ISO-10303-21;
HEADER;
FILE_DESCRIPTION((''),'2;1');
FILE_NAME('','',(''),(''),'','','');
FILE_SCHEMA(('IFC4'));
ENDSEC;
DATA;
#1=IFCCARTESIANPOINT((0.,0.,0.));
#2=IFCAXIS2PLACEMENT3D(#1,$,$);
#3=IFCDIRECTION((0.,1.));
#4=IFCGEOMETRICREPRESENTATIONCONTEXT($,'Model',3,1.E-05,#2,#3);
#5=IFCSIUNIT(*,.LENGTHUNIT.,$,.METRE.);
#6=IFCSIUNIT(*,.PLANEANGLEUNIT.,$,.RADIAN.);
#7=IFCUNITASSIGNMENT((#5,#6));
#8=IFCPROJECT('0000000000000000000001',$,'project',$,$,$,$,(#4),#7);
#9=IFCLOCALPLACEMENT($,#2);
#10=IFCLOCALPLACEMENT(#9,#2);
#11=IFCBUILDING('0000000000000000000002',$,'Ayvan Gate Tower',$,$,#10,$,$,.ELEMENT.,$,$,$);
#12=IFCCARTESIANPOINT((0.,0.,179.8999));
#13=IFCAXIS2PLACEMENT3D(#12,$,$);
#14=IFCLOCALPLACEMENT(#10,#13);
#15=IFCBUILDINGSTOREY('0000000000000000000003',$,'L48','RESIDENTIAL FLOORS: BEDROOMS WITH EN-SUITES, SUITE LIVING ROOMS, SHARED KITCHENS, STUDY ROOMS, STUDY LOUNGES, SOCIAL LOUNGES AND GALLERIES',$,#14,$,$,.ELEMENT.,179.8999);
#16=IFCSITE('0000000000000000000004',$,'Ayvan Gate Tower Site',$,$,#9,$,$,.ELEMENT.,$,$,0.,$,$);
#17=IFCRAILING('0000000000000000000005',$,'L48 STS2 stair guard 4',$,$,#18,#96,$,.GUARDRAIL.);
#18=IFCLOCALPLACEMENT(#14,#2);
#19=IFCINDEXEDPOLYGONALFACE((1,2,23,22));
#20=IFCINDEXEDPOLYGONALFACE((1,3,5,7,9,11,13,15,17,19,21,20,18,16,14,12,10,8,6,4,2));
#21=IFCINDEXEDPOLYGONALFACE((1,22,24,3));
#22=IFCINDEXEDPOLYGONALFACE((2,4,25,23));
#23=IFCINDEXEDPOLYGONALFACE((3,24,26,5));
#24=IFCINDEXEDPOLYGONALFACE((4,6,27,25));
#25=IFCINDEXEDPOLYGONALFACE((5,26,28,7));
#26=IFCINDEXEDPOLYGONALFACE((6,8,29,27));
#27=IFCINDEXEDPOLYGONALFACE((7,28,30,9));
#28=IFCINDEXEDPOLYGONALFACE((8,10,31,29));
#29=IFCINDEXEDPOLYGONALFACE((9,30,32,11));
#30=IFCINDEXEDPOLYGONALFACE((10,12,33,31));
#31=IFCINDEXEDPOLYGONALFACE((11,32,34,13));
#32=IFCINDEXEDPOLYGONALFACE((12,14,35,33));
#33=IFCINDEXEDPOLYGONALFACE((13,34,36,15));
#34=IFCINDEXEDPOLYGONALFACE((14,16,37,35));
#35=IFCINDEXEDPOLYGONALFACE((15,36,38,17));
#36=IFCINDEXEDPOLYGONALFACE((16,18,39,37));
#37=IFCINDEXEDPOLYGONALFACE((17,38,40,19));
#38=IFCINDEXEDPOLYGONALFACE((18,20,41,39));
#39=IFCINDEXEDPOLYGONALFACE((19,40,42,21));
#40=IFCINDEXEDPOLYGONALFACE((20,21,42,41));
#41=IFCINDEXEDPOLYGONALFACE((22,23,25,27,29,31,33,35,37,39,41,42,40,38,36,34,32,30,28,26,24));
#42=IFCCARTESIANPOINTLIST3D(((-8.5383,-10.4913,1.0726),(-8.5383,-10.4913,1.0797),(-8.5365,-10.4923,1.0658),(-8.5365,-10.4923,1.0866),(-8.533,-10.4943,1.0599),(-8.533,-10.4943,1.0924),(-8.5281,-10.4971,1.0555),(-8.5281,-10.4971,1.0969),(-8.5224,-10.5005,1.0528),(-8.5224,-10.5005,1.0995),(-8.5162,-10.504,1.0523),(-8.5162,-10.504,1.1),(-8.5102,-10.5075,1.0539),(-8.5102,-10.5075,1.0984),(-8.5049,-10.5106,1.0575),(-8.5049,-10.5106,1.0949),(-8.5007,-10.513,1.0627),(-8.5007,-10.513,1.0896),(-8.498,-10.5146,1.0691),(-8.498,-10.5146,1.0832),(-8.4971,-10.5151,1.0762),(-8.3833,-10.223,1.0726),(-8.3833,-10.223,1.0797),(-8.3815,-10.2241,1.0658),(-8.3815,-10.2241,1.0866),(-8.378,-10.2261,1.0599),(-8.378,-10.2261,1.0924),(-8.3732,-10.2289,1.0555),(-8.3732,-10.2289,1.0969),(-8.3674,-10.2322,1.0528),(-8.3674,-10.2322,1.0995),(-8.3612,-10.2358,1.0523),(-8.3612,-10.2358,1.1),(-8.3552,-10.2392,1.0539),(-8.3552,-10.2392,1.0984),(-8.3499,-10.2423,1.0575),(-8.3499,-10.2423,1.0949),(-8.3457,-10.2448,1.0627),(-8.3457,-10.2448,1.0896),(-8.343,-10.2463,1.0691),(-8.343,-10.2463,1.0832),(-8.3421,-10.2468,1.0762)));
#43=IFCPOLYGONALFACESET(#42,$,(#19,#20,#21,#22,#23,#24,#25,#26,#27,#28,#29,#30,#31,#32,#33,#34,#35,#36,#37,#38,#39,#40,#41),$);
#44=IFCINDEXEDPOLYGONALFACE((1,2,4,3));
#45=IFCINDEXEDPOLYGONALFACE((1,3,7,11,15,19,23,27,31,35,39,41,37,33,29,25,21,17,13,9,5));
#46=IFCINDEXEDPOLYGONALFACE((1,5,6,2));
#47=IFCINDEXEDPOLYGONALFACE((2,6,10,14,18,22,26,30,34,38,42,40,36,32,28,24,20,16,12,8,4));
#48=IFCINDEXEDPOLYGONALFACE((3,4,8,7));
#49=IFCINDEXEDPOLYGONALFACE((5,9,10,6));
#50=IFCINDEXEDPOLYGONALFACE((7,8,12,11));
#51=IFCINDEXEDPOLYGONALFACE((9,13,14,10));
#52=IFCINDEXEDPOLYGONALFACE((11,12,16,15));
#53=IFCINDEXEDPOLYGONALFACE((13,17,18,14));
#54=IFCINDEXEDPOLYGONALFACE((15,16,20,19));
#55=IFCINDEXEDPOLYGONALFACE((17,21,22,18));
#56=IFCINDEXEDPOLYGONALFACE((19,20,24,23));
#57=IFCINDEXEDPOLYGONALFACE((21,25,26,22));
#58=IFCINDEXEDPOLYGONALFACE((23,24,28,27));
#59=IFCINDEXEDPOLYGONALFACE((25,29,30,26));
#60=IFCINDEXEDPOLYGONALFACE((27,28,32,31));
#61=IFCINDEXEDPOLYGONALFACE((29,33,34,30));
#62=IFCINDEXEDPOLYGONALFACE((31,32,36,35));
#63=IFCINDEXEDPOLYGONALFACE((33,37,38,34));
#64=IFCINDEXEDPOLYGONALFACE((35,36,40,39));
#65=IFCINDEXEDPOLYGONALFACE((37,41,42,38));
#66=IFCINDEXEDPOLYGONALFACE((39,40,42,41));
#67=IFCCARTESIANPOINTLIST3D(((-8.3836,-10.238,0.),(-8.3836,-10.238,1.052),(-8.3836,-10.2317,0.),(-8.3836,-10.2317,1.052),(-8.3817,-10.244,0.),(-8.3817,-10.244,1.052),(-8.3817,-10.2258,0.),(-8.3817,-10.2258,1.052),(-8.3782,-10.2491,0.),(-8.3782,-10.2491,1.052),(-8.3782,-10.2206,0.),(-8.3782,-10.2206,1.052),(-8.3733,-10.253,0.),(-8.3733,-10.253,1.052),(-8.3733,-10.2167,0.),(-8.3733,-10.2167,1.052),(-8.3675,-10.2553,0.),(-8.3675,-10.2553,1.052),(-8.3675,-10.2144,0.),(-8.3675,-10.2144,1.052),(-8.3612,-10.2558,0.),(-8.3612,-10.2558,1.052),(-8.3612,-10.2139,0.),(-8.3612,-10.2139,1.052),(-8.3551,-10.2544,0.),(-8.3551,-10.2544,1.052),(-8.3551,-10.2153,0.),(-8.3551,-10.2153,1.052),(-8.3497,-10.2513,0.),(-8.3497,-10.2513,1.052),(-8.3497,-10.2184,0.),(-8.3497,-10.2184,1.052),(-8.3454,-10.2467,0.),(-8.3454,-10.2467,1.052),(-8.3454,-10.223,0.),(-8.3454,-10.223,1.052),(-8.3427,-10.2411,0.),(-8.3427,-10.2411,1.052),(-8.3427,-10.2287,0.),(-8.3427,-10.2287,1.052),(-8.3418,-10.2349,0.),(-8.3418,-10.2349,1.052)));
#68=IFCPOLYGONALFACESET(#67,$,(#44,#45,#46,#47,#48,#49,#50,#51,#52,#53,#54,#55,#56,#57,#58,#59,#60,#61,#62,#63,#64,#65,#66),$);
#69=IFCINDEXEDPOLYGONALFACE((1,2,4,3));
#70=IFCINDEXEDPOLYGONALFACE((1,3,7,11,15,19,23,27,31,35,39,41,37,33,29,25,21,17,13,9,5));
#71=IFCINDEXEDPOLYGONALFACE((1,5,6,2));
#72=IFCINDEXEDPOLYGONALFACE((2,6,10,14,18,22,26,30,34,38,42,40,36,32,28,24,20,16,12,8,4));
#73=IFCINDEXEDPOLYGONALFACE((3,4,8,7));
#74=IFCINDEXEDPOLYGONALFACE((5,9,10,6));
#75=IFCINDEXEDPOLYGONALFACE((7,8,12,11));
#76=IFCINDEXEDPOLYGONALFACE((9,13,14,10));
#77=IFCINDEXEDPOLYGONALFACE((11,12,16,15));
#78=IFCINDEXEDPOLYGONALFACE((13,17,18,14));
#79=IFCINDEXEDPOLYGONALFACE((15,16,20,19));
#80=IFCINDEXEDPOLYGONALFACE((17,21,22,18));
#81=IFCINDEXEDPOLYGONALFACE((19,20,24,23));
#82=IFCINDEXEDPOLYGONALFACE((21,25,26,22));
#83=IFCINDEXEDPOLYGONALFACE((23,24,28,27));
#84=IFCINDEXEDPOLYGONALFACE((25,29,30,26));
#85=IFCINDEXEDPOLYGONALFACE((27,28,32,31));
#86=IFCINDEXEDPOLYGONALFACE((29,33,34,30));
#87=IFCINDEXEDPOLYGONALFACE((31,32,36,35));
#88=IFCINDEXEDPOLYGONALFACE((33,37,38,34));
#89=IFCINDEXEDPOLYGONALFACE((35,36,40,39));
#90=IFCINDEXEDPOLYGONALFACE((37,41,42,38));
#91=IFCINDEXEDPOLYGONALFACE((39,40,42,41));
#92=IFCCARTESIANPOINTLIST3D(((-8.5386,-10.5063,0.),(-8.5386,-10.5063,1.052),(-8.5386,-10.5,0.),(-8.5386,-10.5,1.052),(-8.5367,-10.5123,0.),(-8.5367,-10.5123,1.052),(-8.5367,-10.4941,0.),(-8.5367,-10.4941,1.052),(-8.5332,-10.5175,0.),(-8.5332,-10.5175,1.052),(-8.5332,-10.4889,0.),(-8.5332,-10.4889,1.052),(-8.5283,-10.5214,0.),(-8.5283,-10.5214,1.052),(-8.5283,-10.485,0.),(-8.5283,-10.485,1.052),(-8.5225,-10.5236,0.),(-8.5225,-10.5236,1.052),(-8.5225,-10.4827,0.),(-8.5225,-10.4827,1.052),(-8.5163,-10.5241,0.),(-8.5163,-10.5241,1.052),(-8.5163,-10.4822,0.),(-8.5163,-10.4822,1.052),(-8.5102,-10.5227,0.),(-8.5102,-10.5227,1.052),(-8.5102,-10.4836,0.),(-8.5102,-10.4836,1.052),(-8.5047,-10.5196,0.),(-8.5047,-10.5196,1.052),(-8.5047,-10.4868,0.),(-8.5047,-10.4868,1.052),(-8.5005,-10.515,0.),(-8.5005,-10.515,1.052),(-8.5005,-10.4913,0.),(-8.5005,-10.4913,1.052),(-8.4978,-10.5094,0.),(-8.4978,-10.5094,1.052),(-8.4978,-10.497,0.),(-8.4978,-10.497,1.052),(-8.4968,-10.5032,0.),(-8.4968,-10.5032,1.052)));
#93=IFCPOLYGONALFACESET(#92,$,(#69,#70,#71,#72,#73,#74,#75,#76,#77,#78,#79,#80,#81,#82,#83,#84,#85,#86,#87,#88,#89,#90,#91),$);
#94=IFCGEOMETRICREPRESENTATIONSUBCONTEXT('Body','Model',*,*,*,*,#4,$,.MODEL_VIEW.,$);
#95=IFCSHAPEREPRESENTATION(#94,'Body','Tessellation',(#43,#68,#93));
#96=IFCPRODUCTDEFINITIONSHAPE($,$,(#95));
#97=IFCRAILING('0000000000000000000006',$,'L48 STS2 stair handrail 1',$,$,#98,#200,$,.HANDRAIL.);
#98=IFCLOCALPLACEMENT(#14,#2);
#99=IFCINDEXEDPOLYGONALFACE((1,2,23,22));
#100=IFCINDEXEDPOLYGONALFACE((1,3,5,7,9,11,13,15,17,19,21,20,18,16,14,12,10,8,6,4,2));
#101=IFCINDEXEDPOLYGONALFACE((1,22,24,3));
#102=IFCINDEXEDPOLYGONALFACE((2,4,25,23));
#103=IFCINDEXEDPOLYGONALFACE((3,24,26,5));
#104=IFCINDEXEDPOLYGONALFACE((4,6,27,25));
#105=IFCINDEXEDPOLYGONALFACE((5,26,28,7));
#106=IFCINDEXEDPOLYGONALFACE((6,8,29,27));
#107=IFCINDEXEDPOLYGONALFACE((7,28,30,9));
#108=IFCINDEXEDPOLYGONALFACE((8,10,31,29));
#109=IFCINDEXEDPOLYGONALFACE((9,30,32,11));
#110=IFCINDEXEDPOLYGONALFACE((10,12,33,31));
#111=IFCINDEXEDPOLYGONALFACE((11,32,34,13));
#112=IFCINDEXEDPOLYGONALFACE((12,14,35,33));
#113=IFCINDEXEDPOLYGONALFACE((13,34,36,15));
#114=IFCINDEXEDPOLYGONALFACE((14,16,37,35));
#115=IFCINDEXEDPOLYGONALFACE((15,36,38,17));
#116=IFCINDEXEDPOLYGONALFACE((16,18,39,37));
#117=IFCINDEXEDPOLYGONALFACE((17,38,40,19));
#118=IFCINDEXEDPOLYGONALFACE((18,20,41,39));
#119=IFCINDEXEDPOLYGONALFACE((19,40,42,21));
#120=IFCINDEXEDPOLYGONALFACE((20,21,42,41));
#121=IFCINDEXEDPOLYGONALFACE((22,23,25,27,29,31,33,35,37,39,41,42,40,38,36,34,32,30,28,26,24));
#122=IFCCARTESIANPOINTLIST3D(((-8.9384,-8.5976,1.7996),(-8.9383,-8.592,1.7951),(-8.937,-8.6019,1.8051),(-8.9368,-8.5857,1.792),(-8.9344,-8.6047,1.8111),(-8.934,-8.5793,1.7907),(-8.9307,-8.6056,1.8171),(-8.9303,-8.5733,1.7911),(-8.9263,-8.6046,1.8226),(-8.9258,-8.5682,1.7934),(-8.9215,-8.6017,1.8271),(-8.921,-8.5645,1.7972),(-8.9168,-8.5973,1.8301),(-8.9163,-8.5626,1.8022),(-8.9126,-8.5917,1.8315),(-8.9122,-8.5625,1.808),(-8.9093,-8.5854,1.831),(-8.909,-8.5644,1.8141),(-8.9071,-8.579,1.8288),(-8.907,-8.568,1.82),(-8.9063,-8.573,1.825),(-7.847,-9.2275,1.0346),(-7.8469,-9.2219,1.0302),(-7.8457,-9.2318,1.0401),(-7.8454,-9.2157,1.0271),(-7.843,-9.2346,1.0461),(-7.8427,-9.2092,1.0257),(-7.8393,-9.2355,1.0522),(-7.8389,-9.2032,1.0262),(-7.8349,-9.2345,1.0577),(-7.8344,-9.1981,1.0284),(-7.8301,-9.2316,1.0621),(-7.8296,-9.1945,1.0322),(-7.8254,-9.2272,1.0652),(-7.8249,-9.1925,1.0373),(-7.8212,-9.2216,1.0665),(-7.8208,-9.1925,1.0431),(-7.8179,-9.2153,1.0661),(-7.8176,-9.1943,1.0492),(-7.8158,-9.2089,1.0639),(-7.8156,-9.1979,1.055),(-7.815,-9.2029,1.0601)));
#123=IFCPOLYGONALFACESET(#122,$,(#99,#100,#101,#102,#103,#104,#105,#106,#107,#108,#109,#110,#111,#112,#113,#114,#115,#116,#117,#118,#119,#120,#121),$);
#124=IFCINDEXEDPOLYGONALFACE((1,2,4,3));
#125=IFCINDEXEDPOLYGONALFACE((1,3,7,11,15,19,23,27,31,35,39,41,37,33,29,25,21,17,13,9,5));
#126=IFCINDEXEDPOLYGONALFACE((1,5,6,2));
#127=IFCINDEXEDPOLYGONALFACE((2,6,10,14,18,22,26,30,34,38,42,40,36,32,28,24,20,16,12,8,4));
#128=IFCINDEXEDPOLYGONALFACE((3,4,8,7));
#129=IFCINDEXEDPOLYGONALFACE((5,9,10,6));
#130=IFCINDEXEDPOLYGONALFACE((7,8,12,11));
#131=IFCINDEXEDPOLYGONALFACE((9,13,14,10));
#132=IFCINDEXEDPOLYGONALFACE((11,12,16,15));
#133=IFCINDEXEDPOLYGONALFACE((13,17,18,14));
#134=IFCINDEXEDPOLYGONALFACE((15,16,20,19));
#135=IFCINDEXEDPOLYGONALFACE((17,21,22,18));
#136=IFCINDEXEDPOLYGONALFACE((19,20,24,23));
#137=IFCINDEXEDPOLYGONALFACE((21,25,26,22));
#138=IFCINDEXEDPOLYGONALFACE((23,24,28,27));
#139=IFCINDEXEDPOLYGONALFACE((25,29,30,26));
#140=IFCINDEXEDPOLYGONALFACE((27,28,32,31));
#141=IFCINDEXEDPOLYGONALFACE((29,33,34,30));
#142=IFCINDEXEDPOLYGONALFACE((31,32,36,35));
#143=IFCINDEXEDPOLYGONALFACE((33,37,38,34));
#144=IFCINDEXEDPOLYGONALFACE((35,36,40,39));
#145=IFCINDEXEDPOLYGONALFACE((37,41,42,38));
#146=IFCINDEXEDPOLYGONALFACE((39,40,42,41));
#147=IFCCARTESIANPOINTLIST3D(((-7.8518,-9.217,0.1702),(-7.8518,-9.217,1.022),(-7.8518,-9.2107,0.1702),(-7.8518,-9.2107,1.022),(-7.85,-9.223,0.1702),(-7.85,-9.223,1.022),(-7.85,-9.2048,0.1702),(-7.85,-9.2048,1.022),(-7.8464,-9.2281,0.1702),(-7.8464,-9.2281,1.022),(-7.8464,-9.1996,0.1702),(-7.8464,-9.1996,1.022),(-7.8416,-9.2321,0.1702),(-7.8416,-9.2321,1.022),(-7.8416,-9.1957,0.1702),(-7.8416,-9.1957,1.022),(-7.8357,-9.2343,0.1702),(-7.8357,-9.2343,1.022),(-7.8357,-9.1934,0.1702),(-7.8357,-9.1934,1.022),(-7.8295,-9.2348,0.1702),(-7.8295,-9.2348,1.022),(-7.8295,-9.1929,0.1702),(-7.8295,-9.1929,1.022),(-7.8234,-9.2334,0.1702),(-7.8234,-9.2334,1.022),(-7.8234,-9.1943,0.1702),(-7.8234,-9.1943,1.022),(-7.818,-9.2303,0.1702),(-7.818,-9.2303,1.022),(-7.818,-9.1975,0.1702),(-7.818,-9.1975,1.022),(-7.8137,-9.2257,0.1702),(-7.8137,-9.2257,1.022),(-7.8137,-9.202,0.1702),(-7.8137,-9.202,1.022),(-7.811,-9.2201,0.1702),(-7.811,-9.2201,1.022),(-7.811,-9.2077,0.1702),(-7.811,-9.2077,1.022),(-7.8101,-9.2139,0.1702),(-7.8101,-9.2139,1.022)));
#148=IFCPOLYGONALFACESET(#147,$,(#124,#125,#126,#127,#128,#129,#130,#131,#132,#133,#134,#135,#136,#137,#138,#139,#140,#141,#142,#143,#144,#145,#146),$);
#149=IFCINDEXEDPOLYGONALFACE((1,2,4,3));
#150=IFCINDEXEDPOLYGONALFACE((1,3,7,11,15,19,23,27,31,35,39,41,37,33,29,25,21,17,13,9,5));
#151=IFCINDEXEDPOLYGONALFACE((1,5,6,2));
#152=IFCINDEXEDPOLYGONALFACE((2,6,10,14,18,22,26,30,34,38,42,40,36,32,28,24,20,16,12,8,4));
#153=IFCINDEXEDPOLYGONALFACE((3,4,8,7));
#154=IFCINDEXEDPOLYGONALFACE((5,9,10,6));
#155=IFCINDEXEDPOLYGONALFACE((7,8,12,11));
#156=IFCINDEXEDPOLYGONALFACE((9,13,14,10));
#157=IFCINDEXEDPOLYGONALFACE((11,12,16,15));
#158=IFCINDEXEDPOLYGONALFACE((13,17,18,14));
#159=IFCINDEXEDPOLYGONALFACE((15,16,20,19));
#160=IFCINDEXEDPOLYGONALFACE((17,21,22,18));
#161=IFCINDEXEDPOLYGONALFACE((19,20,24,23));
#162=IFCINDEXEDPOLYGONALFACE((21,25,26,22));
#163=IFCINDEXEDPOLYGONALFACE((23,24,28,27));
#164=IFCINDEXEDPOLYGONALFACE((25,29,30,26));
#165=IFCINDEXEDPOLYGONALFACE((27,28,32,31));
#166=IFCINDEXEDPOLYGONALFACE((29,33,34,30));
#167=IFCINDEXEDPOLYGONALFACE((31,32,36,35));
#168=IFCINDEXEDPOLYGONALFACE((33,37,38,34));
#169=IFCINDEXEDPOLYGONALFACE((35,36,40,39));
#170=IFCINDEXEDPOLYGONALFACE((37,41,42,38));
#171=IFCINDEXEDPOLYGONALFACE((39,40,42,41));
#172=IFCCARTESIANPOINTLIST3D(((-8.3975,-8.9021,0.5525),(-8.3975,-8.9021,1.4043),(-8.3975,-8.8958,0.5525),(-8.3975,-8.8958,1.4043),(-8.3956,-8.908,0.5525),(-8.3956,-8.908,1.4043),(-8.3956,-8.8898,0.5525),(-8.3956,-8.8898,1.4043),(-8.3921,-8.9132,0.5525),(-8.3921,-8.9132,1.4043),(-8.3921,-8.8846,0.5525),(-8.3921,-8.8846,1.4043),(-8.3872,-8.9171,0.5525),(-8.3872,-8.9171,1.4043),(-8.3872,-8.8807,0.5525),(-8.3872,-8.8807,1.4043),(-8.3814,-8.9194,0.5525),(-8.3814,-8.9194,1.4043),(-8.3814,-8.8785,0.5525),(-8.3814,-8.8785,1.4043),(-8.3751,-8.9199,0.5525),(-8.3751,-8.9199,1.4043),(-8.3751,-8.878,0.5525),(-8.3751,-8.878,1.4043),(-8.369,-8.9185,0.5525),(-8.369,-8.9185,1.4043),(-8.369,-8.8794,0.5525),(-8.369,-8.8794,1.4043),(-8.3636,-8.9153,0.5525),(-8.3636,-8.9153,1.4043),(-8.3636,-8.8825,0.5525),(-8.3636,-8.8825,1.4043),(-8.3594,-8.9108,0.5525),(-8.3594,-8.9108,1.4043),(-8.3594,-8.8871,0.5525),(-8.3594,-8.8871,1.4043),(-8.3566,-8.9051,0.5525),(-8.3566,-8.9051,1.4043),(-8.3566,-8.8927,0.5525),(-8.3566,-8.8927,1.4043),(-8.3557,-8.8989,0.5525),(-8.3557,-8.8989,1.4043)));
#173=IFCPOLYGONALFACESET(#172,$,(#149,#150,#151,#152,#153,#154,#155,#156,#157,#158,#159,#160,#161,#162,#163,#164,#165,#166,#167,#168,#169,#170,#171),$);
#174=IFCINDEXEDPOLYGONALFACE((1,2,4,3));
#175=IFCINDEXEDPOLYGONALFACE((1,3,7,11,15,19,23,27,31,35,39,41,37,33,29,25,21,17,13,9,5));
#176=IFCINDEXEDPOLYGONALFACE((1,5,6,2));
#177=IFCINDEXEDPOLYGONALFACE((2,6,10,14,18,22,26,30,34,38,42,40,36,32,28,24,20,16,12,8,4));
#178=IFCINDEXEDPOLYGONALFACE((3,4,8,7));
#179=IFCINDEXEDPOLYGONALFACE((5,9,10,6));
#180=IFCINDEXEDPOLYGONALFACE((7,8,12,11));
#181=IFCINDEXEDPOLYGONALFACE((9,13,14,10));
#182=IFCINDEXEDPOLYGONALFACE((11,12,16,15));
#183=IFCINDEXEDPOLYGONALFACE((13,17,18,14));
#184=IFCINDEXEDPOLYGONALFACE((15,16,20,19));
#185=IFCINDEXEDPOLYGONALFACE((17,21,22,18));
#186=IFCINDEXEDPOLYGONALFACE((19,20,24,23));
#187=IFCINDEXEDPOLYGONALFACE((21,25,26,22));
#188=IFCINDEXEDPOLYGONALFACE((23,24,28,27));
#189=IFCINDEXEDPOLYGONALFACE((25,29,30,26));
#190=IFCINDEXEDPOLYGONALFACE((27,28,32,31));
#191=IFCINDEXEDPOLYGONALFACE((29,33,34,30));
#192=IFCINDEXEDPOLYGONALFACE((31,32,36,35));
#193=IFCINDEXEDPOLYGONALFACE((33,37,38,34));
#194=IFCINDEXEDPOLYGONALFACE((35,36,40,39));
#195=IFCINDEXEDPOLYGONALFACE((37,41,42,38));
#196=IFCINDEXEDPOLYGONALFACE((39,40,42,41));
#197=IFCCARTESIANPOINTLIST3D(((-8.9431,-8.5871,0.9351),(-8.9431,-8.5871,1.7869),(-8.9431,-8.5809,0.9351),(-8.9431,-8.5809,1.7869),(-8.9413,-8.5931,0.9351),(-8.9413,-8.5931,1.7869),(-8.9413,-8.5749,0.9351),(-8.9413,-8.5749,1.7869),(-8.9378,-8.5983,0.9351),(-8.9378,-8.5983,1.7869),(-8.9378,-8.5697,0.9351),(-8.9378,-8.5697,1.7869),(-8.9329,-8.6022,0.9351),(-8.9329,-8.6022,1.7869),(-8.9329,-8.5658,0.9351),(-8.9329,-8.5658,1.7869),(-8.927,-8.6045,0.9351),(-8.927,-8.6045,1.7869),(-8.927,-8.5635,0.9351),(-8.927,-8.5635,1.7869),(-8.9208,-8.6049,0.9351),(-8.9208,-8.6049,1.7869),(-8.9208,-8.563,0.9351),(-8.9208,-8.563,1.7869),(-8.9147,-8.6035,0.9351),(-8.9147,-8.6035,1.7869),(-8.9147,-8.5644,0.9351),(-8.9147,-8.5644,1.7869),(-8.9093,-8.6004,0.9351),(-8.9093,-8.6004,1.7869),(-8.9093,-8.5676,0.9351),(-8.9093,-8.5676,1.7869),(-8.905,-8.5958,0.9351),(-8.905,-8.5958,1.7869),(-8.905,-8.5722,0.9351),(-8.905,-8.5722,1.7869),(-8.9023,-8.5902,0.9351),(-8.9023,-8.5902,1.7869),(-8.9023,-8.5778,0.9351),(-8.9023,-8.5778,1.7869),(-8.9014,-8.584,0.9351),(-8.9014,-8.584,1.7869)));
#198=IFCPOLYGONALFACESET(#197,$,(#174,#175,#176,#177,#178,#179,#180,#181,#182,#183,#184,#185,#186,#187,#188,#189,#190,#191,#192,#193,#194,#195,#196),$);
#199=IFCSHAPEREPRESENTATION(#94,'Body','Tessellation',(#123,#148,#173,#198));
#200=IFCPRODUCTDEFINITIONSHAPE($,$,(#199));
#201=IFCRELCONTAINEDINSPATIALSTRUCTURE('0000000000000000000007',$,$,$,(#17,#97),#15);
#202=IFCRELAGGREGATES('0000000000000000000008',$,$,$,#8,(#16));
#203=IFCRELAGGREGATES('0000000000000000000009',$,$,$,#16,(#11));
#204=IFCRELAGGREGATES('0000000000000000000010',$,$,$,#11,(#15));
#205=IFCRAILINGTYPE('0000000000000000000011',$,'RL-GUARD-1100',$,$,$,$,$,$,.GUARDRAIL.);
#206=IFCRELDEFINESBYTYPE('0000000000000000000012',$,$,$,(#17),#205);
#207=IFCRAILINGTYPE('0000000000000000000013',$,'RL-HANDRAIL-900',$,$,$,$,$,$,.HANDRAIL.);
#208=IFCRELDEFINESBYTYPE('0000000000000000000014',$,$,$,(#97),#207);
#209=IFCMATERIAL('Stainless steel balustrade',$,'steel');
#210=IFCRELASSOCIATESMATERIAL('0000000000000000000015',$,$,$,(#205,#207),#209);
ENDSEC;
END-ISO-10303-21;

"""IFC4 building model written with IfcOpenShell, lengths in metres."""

from ifc_helpers import new_model, si_unit, direction, frame, origin, origin_2d, place, context, subcontext, project, spatial, circle, extrude, material, type_object, element, save


model = new_model("IFC4")

# Units and contexts
model_context = context("Model", 3, precision=1e-05, world=origin(), true_north=direction((0.0, 1.0)))
body_context = subcontext(model_context, "Body", "Model", "MODEL_VIEW")
ifc_project = project(units=[si_unit("LENGTHUNIT", "METRE"), si_unit("PLANEANGLEUNIT", "RADIAN")], contexts=[model_context])

# Site, building, storey
site_placement = place(None, origin())
site = spatial("IfcSite", under=ifc_project, at=site_placement, Name="Ayvan Gate Tower Site", CompositionType="ELEMENT", RefElevation=0.0)
building_placement = place(site_placement, origin())
building = spatial("IfcBuilding", under=site, at=building_placement, Name="Ayvan Gate Tower", CompositionType="ELEMENT")
storey_placement = place(building_placement, frame((0.0, 0.0, 179.8999)))
storey = spatial("IfcBuildingStorey", under=building, at=storey_placement, Name="L48", Description="RESIDENTIAL FLOORS: BEDROOMS WITH EN-SUITES, SUITE LIVING ROOMS, SHARED KITCHENS, STUDY ROOMS, STUDY LOUNGES, SOCIAL LOUNGES AND GALLERIES", CompositionType="ELEMENT", Elevation=179.8999)

# Railings
ifc_material_1 = material(Name="Stainless steel balustrade", Category="steel")
railing_type_1 = type_object("IfcRailingType", Name="RL-GUARD-1100", PredefinedType="GUARDRAIL", material=ifc_material_1)
railing_1_placement = place(storey_placement, frame((-8.3628, -10.2349, 0.0)))
element("IfcRailing", 1, at=railing_1_placement, inside=storey, type_object=railing_type_1, Name="L48 STS2 stair guard 4", PredefinedType="GUARDRAIL", context=body_context, shape_type="SweptSolid", body=[
    extrude(circle(Radius=0.0239, at=origin_2d()), frame((0.0, 0.0, 1.0762), z_axis=(-0.500291, -0.865857, 0.0), x_axis=(0.865857, -0.500291, 0.0)), (0.0, 0.0, 1.0), 0.3098),
    extrude(circle(Radius=0.021, at=origin_2d()), origin(), (0.0, 0.0, 1.0), 1.052),
    extrude(circle(Radius=0.021, at=origin_2d()), frame((-0.155, -0.2683, 0.0)), (0.0, 0.0, 1.0), 1.052),
])
railing_type_2 = type_object("IfcRailingType", Name="RL-HANDRAIL-900", PredefinedType="HANDRAIL", material=ifc_material_1)
railing_2_placement = place(storey_placement, frame((-7.8311, -9.2139, 0.1702)))
element("IfcRailing", 2, at=railing_2_placement, inside=storey, type_object=railing_type_2, Name="L48 STS2 stair handrail 1", PredefinedType="HANDRAIL", context=body_context, shape_type="SweptSolid", body=[
    extrude(circle(Radius=0.0239, at=origin_2d()), frame((0.0, 0.0, 0.876), z_axis=(-0.740357, 0.42732, 0.518912), x_axis=(-0.49989, -0.866089, 0.0)), (0.0, 0.0, 1.0), 1.4741),
    extrude(circle(Radius=0.021, at=origin_2d()), origin(), (0.0, 0.0, 1.0), 0.8518),
    extrude(circle(Radius=0.021, at=origin_2d()), frame((-0.5457, 0.3149, 0.3823)), (0.0, 0.0, 1.0), 0.8518),
    extrude(circle(Radius=0.021, at=origin_2d()), frame((-1.0913, 0.6299, 0.7649)), (0.0, 0.0, 1.0), 0.8518),
])

save(model, "model.ifc")
